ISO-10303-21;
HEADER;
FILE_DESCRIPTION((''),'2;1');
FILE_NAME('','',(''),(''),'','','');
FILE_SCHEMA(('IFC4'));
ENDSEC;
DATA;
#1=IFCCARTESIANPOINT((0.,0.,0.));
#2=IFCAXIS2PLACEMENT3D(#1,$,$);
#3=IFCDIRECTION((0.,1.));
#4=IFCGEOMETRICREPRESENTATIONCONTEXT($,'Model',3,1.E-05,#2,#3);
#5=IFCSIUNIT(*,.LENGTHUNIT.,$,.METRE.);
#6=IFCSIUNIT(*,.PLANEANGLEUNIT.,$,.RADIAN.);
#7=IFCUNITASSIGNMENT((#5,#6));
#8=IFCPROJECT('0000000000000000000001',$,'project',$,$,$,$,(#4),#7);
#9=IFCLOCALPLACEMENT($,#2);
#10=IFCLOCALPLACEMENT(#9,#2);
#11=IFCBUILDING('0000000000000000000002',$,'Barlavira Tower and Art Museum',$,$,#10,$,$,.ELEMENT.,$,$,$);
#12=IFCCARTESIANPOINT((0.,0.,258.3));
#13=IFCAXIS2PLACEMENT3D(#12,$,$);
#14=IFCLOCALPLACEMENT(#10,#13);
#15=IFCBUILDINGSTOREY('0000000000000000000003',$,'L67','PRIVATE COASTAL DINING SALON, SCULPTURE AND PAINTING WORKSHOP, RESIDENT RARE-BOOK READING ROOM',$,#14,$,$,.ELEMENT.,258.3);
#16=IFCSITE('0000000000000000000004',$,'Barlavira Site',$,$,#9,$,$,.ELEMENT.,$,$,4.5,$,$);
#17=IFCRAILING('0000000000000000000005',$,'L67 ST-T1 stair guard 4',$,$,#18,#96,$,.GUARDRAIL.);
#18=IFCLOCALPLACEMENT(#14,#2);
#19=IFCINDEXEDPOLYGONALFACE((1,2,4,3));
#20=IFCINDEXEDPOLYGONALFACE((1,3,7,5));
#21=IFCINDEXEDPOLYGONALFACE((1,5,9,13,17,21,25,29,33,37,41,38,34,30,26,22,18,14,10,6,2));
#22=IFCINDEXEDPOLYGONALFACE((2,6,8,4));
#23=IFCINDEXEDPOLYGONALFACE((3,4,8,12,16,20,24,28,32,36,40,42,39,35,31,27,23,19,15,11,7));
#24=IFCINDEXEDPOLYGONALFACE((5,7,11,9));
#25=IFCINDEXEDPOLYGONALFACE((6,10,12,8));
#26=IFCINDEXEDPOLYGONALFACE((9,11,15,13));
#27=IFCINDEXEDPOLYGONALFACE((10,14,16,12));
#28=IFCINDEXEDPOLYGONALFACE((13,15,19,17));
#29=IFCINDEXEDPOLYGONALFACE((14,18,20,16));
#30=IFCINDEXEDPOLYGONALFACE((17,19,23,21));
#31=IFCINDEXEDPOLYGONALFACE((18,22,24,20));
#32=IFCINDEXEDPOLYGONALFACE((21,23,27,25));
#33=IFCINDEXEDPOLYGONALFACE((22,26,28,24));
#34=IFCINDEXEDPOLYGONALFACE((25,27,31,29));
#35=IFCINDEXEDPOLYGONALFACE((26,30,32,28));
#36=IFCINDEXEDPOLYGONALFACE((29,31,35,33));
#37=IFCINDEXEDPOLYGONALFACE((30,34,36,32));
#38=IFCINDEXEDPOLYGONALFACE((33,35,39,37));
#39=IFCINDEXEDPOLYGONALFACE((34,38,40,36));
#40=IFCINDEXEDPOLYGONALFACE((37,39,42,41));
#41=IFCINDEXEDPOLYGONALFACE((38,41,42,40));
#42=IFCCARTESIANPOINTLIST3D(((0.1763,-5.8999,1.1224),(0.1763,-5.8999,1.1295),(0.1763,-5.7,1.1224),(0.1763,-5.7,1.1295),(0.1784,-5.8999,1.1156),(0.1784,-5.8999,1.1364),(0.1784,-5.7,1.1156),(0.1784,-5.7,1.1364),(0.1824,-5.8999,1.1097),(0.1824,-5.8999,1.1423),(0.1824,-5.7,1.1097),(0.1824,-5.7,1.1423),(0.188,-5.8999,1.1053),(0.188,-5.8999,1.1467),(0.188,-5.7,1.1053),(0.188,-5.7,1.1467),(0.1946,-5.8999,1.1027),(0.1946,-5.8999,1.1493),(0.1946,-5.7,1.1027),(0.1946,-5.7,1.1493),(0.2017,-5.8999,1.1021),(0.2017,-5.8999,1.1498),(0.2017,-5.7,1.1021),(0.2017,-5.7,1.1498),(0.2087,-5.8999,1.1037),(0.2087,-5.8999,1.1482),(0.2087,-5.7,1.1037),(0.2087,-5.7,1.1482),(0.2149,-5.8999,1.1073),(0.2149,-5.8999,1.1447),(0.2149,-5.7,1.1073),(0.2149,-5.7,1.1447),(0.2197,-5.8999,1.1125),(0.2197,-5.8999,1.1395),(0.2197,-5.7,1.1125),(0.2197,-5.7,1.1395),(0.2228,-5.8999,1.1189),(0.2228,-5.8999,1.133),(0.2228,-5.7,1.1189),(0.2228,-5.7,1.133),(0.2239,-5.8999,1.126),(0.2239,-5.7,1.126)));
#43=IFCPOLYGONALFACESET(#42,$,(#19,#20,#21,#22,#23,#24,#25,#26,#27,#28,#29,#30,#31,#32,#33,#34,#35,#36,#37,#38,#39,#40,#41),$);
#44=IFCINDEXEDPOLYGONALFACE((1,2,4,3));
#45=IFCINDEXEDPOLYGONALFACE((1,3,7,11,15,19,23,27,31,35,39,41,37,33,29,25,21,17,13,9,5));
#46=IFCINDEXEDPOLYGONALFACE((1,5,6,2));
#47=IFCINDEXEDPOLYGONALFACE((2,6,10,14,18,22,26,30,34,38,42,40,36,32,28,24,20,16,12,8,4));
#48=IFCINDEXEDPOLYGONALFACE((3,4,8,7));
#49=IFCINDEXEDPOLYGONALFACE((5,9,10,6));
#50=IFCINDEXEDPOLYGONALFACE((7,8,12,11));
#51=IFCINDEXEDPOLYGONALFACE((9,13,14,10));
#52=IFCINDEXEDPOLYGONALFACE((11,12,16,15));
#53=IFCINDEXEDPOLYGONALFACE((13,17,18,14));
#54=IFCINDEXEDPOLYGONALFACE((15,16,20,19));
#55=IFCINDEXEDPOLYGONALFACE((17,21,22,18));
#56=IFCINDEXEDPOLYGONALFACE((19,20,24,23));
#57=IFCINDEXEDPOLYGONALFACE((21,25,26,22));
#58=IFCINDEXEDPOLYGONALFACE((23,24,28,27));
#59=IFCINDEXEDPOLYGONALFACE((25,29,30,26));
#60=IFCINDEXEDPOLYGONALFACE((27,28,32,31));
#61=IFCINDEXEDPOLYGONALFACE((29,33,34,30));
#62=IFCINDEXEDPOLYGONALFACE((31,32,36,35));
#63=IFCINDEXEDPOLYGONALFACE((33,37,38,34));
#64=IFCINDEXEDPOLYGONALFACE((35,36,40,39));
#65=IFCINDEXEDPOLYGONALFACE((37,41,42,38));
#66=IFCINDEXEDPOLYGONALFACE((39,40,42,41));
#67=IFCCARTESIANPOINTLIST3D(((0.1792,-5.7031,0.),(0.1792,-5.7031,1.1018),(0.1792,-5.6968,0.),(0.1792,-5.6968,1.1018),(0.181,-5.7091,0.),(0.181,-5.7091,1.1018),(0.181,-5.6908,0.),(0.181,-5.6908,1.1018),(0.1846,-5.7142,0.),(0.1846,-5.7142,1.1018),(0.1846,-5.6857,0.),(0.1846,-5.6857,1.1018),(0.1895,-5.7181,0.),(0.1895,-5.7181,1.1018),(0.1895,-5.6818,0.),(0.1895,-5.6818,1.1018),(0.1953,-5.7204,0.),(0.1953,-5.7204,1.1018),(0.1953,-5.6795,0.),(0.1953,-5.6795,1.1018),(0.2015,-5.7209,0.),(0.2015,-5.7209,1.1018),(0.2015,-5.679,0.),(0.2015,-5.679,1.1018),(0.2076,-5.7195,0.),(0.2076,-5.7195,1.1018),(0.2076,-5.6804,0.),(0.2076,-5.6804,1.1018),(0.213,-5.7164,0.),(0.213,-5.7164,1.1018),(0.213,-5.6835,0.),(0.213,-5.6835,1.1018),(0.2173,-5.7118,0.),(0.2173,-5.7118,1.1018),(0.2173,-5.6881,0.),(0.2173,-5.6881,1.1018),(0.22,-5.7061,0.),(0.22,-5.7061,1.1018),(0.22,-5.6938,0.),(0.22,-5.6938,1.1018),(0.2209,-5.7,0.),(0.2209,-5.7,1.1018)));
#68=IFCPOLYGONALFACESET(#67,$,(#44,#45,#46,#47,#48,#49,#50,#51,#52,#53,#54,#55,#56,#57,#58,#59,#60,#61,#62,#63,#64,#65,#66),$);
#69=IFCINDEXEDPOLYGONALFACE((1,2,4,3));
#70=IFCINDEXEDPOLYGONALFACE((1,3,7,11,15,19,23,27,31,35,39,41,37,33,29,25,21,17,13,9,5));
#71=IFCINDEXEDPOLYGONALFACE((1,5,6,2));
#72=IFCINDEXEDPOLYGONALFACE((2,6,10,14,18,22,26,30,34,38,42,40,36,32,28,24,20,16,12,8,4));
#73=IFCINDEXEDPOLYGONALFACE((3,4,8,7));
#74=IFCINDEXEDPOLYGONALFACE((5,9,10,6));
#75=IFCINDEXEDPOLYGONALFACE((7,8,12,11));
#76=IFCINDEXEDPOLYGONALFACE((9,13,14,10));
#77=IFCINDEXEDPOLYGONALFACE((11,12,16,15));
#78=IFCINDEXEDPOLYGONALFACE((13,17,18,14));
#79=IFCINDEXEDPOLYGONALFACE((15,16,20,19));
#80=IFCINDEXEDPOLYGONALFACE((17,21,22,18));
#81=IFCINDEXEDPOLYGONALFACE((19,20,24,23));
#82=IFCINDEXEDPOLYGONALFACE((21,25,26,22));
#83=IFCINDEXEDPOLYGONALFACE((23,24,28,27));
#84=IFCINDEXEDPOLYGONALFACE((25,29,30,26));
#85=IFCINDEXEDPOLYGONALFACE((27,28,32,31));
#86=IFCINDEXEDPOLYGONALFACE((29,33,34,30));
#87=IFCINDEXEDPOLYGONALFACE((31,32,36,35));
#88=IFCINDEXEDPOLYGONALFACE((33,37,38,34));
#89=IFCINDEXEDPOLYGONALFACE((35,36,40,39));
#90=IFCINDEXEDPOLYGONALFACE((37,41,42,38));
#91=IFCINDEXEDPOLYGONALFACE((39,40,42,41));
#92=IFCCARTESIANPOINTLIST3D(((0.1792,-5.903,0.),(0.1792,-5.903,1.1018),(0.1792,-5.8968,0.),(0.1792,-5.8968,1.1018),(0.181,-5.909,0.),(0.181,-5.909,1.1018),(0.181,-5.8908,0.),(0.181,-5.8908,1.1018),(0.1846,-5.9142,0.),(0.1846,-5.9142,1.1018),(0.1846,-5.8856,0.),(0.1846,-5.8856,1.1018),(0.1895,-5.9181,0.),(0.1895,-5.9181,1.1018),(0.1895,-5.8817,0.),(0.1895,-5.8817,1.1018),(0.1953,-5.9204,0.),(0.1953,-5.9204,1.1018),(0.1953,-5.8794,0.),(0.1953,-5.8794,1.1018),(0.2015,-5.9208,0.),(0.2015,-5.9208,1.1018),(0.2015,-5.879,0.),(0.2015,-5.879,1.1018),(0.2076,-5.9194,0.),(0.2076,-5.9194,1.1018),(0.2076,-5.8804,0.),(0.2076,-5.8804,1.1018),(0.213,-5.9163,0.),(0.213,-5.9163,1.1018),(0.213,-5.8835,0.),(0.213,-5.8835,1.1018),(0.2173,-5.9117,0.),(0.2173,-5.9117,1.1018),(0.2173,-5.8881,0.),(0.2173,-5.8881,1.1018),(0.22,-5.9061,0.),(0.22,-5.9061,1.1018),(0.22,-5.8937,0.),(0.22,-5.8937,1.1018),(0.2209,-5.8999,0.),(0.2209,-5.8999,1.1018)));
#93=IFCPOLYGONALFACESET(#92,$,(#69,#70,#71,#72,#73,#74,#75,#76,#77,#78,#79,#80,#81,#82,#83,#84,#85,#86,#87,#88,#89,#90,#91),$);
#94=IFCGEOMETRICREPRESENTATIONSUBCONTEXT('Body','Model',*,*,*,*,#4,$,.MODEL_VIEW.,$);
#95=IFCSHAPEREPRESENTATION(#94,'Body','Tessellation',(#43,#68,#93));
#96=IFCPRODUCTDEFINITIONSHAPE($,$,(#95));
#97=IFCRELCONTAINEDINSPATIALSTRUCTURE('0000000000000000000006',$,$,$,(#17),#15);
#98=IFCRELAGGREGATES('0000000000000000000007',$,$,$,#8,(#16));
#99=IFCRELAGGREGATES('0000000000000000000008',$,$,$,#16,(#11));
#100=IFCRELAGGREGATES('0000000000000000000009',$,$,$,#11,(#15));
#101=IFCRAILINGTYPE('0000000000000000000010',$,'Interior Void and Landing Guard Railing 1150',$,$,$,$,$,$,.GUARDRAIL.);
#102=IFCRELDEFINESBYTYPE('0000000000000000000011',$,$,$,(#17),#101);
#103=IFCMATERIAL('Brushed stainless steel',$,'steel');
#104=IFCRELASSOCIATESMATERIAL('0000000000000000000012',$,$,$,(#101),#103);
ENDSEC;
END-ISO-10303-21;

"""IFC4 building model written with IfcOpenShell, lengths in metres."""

from ifc_helpers import new_model, si_unit, direction, frame, origin, origin_2d, place, context, subcontext, project, spatial, circle, extrude, material, type_object, element, save


model = new_model("IFC4")

# Units and contexts
model_context = context("Model", 3, precision=1e-05, world=origin(), true_north=direction((0.0, 1.0)))
body_context = subcontext(model_context, "Body", "Model", "MODEL_VIEW")
ifc_project = project(units=[si_unit("LENGTHUNIT", "METRE"), si_unit("PLANEANGLEUNIT", "RADIAN")], contexts=[model_context])

# Site, building, storey
site_placement = place(None, origin())
site = spatial("IfcSite", under=ifc_project, at=site_placement, Name="Barlavira Site", CompositionType="ELEMENT", RefElevation=4.5)
building_placement = place(site_placement, origin())
building = spatial("IfcBuilding", under=site, at=building_placement, Name="Barlavira Tower and Art Museum", CompositionType="ELEMENT")
storey_placement = place(building_placement, frame((0.0, 0.0, 258.3)))
storey = spatial("IfcBuildingStorey", under=building, at=storey_placement, Name="L67", Description="PRIVATE COASTAL DINING SALON, SCULPTURE AND PAINTING WORKSHOP, RESIDENT RARE-BOOK READING ROOM", CompositionType="ELEMENT", Elevation=258.3)

# Shared definitions
ifc_material_1 = material(Name="Brushed stainless steel", Category="steel")

# Railing
railing_type_1 = type_object("IfcRailingType", Name="Interior Void and Landing Guard Railing 1150", PredefinedType="GUARDRAIL", material=ifc_material_1)
railing_1_placement = place(storey_placement, frame((0.2, -5.7, 0.0)))
element("IfcRailing", 1, at=railing_1_placement, inside=storey, type_object=railing_type_1, Name="L67 ST-T1 stair guard 4", PredefinedType="GUARDRAIL", context=body_context, shape_type="SweptSolid", body=[
    extrude(circle(Radius=0.0239, at=origin_2d()), frame((0.0, 0.0, 1.126), z_axis=(0.0, -1.0, 0.0), x_axis=(1.0, 0.0, 0.0)), (0.0, 0.0, 1.0), 0.2),
    extrude(circle(Radius=0.021, at=origin_2d()), origin(), (0.0, 0.0, 1.0), 1.1018),
    extrude(circle(Radius=0.021, at=origin_2d()), frame((0.0, -0.2, 0.0)), (0.0, 0.0, 1.0), 1.1018),
])

save(model, "model.ifc")
